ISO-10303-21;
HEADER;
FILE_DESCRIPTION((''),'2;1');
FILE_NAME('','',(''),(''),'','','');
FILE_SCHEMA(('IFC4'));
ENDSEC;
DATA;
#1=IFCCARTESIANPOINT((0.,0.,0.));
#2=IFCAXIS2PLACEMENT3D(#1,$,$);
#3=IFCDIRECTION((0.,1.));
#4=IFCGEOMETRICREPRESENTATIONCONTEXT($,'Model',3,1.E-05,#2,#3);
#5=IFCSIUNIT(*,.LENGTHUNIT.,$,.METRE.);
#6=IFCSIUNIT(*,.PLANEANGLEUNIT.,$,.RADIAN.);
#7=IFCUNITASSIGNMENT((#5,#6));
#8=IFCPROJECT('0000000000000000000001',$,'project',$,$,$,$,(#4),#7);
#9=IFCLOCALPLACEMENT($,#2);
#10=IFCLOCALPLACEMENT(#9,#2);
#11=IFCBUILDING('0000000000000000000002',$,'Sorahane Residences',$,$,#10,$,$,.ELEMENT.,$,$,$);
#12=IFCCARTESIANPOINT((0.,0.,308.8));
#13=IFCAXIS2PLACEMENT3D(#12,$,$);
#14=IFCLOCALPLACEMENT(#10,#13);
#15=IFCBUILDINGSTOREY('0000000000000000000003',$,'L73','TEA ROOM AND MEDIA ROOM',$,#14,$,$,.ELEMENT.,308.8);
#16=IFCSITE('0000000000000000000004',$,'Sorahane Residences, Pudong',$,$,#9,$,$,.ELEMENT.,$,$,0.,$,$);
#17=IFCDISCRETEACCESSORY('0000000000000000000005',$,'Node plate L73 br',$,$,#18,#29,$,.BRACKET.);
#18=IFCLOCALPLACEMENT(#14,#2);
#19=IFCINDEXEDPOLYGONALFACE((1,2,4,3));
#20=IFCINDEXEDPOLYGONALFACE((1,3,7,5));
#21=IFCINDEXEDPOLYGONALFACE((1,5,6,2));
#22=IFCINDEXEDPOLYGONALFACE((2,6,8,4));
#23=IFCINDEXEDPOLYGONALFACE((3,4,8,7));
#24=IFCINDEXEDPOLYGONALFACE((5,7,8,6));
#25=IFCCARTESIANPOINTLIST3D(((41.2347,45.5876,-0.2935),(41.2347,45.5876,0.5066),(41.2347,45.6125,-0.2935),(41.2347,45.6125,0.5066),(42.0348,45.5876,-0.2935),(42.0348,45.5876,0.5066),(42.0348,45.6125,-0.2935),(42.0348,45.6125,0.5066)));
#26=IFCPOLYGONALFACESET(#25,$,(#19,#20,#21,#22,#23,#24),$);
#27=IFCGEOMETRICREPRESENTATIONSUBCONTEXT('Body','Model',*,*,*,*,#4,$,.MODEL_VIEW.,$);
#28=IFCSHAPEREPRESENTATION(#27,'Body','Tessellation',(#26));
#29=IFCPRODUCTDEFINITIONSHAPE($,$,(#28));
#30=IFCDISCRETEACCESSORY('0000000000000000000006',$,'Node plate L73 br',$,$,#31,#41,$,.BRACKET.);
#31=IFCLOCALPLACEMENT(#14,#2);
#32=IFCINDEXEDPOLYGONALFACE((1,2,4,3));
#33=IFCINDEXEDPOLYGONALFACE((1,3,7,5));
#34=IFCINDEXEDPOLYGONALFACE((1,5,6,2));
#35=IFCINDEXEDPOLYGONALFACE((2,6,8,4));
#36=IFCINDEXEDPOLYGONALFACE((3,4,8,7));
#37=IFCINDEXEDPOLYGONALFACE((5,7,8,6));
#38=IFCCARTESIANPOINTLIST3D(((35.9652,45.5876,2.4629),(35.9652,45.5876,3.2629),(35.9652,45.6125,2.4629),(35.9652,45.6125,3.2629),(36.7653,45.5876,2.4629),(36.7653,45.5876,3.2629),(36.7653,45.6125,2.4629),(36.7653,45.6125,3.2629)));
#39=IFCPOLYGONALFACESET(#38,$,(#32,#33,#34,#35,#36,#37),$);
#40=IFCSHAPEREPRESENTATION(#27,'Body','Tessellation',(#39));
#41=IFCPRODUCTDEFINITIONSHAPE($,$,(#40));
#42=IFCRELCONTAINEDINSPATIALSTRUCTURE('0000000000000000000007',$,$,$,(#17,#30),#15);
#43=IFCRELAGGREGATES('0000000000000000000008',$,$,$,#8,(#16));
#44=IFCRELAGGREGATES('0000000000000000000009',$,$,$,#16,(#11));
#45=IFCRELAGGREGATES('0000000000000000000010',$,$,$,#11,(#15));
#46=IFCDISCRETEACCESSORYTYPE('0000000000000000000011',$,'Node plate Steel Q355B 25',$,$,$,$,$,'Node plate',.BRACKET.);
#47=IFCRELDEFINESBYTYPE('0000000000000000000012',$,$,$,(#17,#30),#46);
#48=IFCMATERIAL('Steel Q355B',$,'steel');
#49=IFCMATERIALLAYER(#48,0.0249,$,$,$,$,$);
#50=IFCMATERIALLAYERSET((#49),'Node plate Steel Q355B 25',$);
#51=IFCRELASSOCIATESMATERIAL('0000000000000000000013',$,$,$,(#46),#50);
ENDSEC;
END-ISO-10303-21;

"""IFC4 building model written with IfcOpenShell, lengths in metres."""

from ifc_helpers import new_model, si_unit, direction, frame, origin, origin_2d, place, context, subcontext, project, spatial, rectangle, extrude, material, layer, layer_set, type_object, element, save


model = new_model("IFC4")

# Units and contexts
model_context = context("Model", 3, precision=1e-05, world=origin(), true_north=direction((0.0, 1.0)))
body_context = subcontext(model_context, "Body", "Model", "MODEL_VIEW")
ifc_project = project(units=[si_unit("LENGTHUNIT", "METRE"), si_unit("PLANEANGLEUNIT", "RADIAN")], contexts=[model_context])

# Site, building, storey
site_placement = place(None, origin())
site = spatial("IfcSite", under=ifc_project, at=site_placement, Name="Sorahane Residences, Pudong", CompositionType="ELEMENT", RefElevation=0.0)
building_placement = place(site_placement, origin())
building = spatial("IfcBuilding", under=site, at=building_placement, Name="Sorahane Residences", CompositionType="ELEMENT")
storey_placement = place(building_placement, frame((0.0, 0.0, 308.8)))
storey = spatial("IfcBuildingStorey", under=building, at=storey_placement, Name="L73", Description="TEA ROOM AND MEDIA ROOM", CompositionType="ELEMENT", Elevation=308.8)

# Discrete accessories
ifc_material_1 = material(Name="Steel Q355B", Category="steel")
ifc_layer_1 = layer(ifc_material_1, 0.0249)
ifc_layer_set_1 = layer_set([ifc_layer_1], Name="Node plate Steel Q355B 25")
discrete_accessory_type = type_object("IfcDiscreteAccessoryType", Name="Node plate Steel Q355B 25", ElementType="Node plate", PredefinedType="BRACKET", material=ifc_layer_set_1)
for number, where, z_axis, x_axis, name in (
    (1, (41.6348, 45.6001, -0.2935), (0.0, 0.0, 1.0), (1.0, 0.0, 0.0), "Node plate L73 br"),
    (2, (36.3652, 45.6001, 2.4629), (0.0, 0.0, 1.0), (1.0, 0.0, 0.0), "Node plate L73 br"),
):
    element("IfcDiscreteAccessory", number, at=place(storey_placement, frame(where, z_axis=z_axis, x_axis=x_axis)), inside=storey, type_object=discrete_accessory_type, Name=name, PredefinedType="BRACKET", context=body_context, shape_type="SweptSolid", body=[
        extrude(rectangle(XDim=0.8, YDim=0.0249, at=origin_2d()), origin(), (0.0, 0.0, 1.0), 0.8),
    ])

save(model, "model.ifc")
